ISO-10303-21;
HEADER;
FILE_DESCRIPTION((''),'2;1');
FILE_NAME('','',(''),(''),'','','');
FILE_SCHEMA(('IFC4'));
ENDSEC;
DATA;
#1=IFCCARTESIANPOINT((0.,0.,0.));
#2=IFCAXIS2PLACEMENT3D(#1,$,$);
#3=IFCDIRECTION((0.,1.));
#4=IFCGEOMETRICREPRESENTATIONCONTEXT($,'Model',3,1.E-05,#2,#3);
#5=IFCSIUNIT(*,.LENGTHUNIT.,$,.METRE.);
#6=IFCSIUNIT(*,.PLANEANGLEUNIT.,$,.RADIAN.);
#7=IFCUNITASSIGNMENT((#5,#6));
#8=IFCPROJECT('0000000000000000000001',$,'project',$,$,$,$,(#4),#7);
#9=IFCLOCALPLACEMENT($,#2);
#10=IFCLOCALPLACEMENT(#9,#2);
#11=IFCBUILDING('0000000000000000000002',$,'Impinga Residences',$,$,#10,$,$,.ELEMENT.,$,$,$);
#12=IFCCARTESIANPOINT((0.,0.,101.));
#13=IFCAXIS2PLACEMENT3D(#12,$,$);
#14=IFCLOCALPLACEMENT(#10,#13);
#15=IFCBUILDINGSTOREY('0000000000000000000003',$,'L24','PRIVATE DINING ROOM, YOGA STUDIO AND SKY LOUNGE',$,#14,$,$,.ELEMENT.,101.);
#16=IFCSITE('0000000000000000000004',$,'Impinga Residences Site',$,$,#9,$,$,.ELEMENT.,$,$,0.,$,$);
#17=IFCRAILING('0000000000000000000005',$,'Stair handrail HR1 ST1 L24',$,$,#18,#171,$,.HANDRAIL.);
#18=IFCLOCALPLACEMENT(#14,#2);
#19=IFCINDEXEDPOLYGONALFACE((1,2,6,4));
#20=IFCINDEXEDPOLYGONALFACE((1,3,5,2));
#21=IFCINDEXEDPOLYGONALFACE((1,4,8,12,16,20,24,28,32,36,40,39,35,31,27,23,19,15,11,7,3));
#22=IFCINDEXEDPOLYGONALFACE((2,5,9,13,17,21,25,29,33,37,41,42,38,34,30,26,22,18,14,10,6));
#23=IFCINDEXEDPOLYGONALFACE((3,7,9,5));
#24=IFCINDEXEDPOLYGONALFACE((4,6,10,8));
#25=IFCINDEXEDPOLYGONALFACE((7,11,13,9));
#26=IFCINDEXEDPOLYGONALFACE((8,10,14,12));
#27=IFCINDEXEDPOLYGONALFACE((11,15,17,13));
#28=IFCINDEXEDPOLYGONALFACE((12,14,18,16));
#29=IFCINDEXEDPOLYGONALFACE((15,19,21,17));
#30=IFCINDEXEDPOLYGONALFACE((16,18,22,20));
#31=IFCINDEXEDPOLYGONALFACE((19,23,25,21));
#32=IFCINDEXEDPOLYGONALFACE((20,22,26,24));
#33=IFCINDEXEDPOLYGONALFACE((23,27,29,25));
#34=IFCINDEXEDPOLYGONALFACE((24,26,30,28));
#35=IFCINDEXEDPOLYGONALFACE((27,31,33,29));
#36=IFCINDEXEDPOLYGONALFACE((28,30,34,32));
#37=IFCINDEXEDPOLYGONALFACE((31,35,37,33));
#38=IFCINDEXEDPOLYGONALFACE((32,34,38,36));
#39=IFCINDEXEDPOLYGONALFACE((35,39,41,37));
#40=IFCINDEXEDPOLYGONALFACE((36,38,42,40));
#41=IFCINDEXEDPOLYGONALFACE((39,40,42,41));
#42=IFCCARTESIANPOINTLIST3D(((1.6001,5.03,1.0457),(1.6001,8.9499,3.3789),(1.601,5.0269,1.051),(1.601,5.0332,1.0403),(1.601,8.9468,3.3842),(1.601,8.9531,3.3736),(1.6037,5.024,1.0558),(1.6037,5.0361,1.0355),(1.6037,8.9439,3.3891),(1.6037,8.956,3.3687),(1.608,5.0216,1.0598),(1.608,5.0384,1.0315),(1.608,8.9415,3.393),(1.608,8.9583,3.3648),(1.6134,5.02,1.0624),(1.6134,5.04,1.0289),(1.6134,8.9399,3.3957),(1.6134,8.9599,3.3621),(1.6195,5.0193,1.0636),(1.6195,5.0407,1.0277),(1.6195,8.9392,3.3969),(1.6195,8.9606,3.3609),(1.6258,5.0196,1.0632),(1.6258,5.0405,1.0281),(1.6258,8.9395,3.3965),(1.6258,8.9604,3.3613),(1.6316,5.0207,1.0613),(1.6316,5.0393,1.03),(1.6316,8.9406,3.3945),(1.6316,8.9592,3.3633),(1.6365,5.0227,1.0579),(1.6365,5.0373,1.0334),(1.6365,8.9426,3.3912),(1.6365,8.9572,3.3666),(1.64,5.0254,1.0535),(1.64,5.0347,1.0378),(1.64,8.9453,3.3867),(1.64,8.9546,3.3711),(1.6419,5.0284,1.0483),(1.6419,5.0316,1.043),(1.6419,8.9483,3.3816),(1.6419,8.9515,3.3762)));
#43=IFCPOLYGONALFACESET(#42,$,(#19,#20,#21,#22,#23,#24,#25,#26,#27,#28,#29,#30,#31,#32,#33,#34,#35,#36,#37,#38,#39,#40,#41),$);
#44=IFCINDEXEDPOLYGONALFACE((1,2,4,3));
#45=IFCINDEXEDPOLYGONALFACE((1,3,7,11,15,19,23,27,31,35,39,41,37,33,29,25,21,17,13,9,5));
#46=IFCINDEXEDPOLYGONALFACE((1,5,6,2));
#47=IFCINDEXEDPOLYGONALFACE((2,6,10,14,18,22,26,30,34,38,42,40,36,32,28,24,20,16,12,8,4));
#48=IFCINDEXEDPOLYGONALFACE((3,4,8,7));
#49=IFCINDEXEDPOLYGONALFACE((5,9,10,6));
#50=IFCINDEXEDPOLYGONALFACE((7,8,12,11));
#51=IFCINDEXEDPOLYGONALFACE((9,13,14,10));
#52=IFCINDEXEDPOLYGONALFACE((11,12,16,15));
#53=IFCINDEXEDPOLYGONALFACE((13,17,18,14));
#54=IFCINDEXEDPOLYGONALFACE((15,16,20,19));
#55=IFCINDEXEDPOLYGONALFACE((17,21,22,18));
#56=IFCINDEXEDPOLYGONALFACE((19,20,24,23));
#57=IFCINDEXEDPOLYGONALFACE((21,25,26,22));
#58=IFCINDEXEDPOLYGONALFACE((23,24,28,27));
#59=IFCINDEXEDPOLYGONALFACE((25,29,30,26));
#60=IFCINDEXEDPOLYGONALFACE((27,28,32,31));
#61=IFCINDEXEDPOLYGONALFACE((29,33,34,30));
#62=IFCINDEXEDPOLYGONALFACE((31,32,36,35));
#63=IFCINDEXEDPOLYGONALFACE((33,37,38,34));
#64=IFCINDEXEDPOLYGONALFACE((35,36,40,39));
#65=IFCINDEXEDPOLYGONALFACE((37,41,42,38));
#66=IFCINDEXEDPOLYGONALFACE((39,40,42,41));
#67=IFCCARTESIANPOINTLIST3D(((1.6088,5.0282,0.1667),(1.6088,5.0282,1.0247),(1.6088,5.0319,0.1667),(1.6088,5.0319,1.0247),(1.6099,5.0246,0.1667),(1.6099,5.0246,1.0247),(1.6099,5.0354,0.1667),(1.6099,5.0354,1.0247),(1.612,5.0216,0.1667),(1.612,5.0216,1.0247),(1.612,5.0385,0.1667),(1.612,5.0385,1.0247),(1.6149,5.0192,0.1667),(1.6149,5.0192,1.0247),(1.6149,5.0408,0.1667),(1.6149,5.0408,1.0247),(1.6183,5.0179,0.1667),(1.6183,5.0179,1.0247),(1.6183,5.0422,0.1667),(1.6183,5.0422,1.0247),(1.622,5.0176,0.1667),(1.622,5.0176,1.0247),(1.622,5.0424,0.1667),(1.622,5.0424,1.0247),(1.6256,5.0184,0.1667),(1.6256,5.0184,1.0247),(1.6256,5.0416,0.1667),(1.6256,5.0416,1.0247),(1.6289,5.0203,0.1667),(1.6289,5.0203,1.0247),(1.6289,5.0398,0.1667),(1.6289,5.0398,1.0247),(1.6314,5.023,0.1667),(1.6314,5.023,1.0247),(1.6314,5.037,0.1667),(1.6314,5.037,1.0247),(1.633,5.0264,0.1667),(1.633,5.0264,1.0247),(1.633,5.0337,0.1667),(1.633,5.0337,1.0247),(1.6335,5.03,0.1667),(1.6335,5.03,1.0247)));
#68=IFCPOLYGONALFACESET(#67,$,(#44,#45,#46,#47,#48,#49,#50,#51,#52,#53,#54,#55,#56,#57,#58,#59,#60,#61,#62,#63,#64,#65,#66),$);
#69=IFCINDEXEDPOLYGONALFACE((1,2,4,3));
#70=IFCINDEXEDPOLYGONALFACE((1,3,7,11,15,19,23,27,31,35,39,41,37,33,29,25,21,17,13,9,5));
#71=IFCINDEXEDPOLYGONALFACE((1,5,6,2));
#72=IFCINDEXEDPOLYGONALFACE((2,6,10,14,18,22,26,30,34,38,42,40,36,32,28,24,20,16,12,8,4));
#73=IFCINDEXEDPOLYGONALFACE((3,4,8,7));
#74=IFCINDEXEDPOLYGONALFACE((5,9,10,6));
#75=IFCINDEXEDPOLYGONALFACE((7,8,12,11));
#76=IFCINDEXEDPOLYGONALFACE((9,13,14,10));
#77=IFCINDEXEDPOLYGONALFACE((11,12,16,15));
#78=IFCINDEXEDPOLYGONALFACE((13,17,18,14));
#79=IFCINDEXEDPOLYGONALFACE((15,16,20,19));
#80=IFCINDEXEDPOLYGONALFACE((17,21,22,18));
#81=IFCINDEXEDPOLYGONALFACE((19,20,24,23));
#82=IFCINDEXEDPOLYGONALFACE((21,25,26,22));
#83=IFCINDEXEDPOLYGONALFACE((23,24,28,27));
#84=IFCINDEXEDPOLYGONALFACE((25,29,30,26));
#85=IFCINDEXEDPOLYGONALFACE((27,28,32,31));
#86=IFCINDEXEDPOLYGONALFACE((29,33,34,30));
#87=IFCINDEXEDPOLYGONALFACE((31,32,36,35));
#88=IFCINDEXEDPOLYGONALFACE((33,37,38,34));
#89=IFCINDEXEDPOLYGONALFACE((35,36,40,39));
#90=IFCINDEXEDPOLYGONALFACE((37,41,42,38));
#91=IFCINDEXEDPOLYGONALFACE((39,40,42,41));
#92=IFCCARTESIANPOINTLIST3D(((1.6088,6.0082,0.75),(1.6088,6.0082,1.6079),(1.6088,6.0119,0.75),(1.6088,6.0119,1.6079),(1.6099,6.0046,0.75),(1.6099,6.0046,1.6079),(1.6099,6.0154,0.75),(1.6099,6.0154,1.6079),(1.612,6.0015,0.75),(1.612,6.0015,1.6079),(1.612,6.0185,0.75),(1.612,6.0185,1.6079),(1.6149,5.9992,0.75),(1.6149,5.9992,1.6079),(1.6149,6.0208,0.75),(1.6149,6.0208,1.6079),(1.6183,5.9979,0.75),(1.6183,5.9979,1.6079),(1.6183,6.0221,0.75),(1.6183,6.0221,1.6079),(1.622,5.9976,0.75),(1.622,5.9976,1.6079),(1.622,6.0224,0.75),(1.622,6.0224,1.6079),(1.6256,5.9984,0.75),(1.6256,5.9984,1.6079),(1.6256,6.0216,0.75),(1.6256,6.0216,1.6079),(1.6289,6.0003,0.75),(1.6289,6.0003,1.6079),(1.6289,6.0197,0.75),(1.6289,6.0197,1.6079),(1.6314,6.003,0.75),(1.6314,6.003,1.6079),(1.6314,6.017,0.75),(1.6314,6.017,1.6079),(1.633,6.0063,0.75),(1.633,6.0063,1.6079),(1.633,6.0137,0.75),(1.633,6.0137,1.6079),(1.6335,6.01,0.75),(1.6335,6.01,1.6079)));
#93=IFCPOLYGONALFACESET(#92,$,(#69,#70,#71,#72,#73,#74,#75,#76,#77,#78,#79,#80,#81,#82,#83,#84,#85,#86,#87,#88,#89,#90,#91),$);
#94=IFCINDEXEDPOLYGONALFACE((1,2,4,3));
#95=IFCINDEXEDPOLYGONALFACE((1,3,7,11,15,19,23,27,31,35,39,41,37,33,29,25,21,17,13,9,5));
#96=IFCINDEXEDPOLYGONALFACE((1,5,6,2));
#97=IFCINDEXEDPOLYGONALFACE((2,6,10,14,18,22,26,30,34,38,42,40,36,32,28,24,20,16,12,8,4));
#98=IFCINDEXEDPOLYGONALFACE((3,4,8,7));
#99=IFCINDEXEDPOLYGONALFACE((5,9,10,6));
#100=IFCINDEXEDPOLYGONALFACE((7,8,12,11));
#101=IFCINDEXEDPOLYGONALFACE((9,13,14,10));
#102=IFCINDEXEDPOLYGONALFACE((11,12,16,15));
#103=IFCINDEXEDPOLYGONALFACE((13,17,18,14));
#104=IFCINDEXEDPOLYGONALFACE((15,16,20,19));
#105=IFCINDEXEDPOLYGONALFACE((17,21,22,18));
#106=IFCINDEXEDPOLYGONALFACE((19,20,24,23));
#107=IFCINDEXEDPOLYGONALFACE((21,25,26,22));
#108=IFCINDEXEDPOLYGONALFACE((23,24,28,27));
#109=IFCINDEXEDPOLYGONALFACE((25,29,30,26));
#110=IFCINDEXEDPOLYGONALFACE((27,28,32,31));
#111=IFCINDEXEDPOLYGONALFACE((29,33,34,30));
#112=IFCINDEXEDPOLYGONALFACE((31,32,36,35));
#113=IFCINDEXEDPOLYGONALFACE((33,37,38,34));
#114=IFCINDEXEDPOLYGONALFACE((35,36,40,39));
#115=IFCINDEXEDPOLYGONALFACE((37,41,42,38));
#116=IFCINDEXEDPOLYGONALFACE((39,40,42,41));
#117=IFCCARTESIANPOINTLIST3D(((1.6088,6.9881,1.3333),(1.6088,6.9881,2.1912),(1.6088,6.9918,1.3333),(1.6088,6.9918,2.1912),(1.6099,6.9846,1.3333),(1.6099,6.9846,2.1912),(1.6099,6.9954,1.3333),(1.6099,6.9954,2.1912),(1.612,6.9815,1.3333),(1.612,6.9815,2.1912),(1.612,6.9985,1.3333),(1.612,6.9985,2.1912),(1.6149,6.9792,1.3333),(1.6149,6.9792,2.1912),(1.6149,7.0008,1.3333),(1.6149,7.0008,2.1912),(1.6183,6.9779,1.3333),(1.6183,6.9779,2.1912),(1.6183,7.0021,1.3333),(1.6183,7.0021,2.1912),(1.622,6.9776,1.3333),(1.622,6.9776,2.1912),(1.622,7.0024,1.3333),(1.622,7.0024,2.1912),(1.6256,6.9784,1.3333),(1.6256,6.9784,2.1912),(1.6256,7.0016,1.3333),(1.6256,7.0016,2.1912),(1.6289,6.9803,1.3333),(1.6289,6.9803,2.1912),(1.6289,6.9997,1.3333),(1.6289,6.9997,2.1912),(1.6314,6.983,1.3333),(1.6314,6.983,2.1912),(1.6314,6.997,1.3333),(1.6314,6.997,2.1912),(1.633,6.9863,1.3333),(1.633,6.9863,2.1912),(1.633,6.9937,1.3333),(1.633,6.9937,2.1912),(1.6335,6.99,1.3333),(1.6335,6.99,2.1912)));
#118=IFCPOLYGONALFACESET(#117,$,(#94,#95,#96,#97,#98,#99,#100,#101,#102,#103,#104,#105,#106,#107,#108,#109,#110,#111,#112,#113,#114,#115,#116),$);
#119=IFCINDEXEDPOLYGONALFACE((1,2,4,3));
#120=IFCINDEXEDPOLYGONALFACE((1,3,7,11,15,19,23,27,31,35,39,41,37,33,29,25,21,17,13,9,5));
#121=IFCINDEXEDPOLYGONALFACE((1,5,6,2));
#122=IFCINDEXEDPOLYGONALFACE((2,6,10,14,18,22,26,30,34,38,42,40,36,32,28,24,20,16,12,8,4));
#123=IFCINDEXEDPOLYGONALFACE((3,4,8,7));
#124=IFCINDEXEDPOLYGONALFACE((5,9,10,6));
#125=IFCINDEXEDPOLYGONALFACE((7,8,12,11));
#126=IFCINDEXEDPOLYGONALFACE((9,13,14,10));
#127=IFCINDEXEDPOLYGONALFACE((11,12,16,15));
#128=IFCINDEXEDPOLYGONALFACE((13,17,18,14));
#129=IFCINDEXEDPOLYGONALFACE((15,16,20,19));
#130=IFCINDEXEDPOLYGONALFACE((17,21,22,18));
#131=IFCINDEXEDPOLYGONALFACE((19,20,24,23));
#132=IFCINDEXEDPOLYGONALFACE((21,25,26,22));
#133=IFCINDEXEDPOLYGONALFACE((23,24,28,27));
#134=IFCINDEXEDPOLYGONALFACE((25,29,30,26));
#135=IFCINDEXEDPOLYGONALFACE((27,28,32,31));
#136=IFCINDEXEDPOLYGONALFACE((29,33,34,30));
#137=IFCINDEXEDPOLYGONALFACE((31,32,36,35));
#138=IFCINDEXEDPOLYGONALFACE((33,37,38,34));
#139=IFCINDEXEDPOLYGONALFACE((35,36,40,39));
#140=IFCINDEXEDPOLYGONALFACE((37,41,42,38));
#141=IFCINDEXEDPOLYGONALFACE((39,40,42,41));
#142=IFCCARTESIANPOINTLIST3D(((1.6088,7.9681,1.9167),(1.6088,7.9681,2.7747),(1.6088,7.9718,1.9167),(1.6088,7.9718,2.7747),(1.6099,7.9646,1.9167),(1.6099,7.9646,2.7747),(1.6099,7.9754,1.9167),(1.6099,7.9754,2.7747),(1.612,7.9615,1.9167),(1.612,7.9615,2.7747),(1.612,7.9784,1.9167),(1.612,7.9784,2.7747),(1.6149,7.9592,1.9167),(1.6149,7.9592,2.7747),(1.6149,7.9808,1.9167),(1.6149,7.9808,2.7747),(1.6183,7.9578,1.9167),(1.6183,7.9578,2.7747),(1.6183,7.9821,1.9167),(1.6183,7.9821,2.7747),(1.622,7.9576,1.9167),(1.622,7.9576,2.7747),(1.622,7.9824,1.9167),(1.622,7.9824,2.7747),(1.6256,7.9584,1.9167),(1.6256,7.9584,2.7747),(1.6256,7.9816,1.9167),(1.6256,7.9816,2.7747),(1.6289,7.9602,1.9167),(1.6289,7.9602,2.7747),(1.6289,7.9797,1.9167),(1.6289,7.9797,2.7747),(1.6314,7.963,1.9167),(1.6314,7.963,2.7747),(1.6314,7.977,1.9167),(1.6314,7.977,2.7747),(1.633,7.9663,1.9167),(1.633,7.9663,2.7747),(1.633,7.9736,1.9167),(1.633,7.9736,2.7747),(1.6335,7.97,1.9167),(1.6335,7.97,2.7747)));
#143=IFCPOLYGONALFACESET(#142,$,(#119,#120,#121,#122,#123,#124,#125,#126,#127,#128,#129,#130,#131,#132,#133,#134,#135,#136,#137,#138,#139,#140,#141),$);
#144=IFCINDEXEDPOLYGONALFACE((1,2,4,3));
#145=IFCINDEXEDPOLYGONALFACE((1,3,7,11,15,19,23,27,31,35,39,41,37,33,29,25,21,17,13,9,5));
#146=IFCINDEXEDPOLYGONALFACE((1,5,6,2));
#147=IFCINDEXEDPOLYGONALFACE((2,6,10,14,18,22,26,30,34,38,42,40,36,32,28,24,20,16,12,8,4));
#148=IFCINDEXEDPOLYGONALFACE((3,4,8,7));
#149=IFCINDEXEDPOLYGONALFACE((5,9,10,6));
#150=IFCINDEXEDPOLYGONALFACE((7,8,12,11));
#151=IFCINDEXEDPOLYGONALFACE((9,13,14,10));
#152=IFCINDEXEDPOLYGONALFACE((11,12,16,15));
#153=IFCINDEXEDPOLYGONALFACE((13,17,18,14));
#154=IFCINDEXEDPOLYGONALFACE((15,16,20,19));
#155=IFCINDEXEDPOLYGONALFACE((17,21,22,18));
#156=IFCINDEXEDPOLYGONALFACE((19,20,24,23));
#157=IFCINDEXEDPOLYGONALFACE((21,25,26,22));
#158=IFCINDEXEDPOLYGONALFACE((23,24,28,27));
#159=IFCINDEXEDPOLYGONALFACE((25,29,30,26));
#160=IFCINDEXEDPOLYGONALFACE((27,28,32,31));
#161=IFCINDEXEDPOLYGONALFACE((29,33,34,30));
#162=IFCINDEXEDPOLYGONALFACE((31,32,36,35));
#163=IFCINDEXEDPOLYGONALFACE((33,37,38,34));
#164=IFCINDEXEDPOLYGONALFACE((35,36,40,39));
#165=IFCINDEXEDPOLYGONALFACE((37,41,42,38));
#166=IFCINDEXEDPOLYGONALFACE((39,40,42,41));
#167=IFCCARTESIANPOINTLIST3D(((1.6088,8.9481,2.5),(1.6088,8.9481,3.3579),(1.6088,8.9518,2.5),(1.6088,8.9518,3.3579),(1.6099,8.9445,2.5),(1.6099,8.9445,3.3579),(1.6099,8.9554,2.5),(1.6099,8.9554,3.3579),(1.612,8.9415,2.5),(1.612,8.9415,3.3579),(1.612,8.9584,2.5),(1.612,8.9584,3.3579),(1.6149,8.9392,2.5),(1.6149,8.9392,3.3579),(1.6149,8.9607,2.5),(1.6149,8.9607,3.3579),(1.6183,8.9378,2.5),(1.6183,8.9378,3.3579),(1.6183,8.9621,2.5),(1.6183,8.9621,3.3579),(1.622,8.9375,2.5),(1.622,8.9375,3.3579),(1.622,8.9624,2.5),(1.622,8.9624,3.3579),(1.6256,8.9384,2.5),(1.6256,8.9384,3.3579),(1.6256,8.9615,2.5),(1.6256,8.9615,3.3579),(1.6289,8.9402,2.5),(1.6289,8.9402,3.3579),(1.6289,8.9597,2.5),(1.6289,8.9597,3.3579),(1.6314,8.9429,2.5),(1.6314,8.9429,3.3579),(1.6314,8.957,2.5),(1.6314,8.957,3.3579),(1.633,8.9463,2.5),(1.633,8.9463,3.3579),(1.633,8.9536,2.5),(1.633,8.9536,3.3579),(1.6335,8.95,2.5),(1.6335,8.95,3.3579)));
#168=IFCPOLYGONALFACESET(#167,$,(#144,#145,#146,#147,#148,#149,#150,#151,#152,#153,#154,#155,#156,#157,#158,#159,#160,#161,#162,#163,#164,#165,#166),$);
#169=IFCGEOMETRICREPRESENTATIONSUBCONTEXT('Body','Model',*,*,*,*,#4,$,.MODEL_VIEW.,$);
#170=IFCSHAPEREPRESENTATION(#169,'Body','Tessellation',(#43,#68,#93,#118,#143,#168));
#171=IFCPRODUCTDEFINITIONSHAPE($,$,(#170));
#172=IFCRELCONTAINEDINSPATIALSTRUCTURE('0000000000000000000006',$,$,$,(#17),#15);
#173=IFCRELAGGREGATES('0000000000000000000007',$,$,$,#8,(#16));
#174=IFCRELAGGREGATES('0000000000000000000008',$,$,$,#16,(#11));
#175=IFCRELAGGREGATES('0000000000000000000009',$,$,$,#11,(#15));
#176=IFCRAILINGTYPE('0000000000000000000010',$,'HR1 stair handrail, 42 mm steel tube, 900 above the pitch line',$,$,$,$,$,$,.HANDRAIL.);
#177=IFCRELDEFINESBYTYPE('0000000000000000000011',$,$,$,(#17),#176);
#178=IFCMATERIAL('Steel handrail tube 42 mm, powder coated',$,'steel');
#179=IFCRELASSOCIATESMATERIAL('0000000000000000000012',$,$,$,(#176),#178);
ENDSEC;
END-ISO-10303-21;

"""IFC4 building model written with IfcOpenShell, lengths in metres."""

from ifc_helpers import new_model, si_unit, direction, frame, origin, origin_2d, place, context, subcontext, project, spatial, circle, extrude, material, type_object, element, save


model = new_model("IFC4")

# Units and contexts
model_context = context("Model", 3, precision=1e-05, world=origin(), true_north=direction((0.0, 1.0)))
body_context = subcontext(model_context, "Body", "Model", "MODEL_VIEW")
ifc_project = project(units=[si_unit("LENGTHUNIT", "METRE"), si_unit("PLANEANGLEUNIT", "RADIAN")], contexts=[model_context])

# Site, building, storey
site_placement = place(None, origin())
site = spatial("IfcSite", under=ifc_project, at=site_placement, Name="Impinga Residences Site", CompositionType="ELEMENT", RefElevation=0.0)
building_placement = place(site_placement, origin())
building = spatial("IfcBuilding", under=site, at=building_placement, Name="Impinga Residences", CompositionType="ELEMENT")
storey_placement = place(building_placement, frame((0.0, 0.0, 101.0)))
storey = spatial("IfcBuildingStorey", under=building, at=storey_placement, Name="L24", Description="PRIVATE DINING ROOM, YOGA STUDIO AND SKY LOUNGE", CompositionType="ELEMENT", Elevation=101.0)

# Railing
ifc_material_1 = material(Name="Steel handrail tube 42 mm, powder coated", Category="steel")
railing_type = type_object("IfcRailingType", Name="HR1 stair handrail, 42 mm steel tube, 900 above the pitch line", PredefinedType="HANDRAIL", material=ifc_material_1)
railing_1_placement = place(storey_placement, frame((1.6211, 5.03, 0.1667)))
element("IfcRailing", 1, at=railing_1_placement, inside=storey, type_object=railing_type, Name="Stair handrail HR1 ST1 L24", PredefinedType="HANDRAIL", context=body_context, shape_type="SweptSolid", body=[
    extrude(circle(Radius=0.021, at=origin_2d()), frame((0.0, 0.0, 0.8789), z_axis=(0.0, 0.859296, 0.511478), x_axis=(-1.0, 0.0, 0.0)), (0.0, 0.0, 1.0), 4.5618),
    extrude(circle(Radius=0.0125, at=origin_2d()), origin(), (0.0, 0.0, 1.0), 0.8579),
    extrude(circle(Radius=0.0125, at=origin_2d()), frame((0.0, 0.98, 0.5833)), (0.0, 0.0, 1.0), 0.8579),
    extrude(circle(Radius=0.0125, at=origin_2d()), frame((0.0, 1.96, 1.1665)), (0.0, 0.0, 1.0), 0.8579),
    extrude(circle(Radius=0.0125, at=origin_2d()), frame((0.0, 2.9399, 1.75)), (0.0, 0.0, 1.0), 0.8579),
    extrude(circle(Radius=0.0125, at=origin_2d()), frame((0.0, 3.9199, 2.3333)), (0.0, 0.0, 1.0), 0.8579),
])

save(model, "model.ifc")
